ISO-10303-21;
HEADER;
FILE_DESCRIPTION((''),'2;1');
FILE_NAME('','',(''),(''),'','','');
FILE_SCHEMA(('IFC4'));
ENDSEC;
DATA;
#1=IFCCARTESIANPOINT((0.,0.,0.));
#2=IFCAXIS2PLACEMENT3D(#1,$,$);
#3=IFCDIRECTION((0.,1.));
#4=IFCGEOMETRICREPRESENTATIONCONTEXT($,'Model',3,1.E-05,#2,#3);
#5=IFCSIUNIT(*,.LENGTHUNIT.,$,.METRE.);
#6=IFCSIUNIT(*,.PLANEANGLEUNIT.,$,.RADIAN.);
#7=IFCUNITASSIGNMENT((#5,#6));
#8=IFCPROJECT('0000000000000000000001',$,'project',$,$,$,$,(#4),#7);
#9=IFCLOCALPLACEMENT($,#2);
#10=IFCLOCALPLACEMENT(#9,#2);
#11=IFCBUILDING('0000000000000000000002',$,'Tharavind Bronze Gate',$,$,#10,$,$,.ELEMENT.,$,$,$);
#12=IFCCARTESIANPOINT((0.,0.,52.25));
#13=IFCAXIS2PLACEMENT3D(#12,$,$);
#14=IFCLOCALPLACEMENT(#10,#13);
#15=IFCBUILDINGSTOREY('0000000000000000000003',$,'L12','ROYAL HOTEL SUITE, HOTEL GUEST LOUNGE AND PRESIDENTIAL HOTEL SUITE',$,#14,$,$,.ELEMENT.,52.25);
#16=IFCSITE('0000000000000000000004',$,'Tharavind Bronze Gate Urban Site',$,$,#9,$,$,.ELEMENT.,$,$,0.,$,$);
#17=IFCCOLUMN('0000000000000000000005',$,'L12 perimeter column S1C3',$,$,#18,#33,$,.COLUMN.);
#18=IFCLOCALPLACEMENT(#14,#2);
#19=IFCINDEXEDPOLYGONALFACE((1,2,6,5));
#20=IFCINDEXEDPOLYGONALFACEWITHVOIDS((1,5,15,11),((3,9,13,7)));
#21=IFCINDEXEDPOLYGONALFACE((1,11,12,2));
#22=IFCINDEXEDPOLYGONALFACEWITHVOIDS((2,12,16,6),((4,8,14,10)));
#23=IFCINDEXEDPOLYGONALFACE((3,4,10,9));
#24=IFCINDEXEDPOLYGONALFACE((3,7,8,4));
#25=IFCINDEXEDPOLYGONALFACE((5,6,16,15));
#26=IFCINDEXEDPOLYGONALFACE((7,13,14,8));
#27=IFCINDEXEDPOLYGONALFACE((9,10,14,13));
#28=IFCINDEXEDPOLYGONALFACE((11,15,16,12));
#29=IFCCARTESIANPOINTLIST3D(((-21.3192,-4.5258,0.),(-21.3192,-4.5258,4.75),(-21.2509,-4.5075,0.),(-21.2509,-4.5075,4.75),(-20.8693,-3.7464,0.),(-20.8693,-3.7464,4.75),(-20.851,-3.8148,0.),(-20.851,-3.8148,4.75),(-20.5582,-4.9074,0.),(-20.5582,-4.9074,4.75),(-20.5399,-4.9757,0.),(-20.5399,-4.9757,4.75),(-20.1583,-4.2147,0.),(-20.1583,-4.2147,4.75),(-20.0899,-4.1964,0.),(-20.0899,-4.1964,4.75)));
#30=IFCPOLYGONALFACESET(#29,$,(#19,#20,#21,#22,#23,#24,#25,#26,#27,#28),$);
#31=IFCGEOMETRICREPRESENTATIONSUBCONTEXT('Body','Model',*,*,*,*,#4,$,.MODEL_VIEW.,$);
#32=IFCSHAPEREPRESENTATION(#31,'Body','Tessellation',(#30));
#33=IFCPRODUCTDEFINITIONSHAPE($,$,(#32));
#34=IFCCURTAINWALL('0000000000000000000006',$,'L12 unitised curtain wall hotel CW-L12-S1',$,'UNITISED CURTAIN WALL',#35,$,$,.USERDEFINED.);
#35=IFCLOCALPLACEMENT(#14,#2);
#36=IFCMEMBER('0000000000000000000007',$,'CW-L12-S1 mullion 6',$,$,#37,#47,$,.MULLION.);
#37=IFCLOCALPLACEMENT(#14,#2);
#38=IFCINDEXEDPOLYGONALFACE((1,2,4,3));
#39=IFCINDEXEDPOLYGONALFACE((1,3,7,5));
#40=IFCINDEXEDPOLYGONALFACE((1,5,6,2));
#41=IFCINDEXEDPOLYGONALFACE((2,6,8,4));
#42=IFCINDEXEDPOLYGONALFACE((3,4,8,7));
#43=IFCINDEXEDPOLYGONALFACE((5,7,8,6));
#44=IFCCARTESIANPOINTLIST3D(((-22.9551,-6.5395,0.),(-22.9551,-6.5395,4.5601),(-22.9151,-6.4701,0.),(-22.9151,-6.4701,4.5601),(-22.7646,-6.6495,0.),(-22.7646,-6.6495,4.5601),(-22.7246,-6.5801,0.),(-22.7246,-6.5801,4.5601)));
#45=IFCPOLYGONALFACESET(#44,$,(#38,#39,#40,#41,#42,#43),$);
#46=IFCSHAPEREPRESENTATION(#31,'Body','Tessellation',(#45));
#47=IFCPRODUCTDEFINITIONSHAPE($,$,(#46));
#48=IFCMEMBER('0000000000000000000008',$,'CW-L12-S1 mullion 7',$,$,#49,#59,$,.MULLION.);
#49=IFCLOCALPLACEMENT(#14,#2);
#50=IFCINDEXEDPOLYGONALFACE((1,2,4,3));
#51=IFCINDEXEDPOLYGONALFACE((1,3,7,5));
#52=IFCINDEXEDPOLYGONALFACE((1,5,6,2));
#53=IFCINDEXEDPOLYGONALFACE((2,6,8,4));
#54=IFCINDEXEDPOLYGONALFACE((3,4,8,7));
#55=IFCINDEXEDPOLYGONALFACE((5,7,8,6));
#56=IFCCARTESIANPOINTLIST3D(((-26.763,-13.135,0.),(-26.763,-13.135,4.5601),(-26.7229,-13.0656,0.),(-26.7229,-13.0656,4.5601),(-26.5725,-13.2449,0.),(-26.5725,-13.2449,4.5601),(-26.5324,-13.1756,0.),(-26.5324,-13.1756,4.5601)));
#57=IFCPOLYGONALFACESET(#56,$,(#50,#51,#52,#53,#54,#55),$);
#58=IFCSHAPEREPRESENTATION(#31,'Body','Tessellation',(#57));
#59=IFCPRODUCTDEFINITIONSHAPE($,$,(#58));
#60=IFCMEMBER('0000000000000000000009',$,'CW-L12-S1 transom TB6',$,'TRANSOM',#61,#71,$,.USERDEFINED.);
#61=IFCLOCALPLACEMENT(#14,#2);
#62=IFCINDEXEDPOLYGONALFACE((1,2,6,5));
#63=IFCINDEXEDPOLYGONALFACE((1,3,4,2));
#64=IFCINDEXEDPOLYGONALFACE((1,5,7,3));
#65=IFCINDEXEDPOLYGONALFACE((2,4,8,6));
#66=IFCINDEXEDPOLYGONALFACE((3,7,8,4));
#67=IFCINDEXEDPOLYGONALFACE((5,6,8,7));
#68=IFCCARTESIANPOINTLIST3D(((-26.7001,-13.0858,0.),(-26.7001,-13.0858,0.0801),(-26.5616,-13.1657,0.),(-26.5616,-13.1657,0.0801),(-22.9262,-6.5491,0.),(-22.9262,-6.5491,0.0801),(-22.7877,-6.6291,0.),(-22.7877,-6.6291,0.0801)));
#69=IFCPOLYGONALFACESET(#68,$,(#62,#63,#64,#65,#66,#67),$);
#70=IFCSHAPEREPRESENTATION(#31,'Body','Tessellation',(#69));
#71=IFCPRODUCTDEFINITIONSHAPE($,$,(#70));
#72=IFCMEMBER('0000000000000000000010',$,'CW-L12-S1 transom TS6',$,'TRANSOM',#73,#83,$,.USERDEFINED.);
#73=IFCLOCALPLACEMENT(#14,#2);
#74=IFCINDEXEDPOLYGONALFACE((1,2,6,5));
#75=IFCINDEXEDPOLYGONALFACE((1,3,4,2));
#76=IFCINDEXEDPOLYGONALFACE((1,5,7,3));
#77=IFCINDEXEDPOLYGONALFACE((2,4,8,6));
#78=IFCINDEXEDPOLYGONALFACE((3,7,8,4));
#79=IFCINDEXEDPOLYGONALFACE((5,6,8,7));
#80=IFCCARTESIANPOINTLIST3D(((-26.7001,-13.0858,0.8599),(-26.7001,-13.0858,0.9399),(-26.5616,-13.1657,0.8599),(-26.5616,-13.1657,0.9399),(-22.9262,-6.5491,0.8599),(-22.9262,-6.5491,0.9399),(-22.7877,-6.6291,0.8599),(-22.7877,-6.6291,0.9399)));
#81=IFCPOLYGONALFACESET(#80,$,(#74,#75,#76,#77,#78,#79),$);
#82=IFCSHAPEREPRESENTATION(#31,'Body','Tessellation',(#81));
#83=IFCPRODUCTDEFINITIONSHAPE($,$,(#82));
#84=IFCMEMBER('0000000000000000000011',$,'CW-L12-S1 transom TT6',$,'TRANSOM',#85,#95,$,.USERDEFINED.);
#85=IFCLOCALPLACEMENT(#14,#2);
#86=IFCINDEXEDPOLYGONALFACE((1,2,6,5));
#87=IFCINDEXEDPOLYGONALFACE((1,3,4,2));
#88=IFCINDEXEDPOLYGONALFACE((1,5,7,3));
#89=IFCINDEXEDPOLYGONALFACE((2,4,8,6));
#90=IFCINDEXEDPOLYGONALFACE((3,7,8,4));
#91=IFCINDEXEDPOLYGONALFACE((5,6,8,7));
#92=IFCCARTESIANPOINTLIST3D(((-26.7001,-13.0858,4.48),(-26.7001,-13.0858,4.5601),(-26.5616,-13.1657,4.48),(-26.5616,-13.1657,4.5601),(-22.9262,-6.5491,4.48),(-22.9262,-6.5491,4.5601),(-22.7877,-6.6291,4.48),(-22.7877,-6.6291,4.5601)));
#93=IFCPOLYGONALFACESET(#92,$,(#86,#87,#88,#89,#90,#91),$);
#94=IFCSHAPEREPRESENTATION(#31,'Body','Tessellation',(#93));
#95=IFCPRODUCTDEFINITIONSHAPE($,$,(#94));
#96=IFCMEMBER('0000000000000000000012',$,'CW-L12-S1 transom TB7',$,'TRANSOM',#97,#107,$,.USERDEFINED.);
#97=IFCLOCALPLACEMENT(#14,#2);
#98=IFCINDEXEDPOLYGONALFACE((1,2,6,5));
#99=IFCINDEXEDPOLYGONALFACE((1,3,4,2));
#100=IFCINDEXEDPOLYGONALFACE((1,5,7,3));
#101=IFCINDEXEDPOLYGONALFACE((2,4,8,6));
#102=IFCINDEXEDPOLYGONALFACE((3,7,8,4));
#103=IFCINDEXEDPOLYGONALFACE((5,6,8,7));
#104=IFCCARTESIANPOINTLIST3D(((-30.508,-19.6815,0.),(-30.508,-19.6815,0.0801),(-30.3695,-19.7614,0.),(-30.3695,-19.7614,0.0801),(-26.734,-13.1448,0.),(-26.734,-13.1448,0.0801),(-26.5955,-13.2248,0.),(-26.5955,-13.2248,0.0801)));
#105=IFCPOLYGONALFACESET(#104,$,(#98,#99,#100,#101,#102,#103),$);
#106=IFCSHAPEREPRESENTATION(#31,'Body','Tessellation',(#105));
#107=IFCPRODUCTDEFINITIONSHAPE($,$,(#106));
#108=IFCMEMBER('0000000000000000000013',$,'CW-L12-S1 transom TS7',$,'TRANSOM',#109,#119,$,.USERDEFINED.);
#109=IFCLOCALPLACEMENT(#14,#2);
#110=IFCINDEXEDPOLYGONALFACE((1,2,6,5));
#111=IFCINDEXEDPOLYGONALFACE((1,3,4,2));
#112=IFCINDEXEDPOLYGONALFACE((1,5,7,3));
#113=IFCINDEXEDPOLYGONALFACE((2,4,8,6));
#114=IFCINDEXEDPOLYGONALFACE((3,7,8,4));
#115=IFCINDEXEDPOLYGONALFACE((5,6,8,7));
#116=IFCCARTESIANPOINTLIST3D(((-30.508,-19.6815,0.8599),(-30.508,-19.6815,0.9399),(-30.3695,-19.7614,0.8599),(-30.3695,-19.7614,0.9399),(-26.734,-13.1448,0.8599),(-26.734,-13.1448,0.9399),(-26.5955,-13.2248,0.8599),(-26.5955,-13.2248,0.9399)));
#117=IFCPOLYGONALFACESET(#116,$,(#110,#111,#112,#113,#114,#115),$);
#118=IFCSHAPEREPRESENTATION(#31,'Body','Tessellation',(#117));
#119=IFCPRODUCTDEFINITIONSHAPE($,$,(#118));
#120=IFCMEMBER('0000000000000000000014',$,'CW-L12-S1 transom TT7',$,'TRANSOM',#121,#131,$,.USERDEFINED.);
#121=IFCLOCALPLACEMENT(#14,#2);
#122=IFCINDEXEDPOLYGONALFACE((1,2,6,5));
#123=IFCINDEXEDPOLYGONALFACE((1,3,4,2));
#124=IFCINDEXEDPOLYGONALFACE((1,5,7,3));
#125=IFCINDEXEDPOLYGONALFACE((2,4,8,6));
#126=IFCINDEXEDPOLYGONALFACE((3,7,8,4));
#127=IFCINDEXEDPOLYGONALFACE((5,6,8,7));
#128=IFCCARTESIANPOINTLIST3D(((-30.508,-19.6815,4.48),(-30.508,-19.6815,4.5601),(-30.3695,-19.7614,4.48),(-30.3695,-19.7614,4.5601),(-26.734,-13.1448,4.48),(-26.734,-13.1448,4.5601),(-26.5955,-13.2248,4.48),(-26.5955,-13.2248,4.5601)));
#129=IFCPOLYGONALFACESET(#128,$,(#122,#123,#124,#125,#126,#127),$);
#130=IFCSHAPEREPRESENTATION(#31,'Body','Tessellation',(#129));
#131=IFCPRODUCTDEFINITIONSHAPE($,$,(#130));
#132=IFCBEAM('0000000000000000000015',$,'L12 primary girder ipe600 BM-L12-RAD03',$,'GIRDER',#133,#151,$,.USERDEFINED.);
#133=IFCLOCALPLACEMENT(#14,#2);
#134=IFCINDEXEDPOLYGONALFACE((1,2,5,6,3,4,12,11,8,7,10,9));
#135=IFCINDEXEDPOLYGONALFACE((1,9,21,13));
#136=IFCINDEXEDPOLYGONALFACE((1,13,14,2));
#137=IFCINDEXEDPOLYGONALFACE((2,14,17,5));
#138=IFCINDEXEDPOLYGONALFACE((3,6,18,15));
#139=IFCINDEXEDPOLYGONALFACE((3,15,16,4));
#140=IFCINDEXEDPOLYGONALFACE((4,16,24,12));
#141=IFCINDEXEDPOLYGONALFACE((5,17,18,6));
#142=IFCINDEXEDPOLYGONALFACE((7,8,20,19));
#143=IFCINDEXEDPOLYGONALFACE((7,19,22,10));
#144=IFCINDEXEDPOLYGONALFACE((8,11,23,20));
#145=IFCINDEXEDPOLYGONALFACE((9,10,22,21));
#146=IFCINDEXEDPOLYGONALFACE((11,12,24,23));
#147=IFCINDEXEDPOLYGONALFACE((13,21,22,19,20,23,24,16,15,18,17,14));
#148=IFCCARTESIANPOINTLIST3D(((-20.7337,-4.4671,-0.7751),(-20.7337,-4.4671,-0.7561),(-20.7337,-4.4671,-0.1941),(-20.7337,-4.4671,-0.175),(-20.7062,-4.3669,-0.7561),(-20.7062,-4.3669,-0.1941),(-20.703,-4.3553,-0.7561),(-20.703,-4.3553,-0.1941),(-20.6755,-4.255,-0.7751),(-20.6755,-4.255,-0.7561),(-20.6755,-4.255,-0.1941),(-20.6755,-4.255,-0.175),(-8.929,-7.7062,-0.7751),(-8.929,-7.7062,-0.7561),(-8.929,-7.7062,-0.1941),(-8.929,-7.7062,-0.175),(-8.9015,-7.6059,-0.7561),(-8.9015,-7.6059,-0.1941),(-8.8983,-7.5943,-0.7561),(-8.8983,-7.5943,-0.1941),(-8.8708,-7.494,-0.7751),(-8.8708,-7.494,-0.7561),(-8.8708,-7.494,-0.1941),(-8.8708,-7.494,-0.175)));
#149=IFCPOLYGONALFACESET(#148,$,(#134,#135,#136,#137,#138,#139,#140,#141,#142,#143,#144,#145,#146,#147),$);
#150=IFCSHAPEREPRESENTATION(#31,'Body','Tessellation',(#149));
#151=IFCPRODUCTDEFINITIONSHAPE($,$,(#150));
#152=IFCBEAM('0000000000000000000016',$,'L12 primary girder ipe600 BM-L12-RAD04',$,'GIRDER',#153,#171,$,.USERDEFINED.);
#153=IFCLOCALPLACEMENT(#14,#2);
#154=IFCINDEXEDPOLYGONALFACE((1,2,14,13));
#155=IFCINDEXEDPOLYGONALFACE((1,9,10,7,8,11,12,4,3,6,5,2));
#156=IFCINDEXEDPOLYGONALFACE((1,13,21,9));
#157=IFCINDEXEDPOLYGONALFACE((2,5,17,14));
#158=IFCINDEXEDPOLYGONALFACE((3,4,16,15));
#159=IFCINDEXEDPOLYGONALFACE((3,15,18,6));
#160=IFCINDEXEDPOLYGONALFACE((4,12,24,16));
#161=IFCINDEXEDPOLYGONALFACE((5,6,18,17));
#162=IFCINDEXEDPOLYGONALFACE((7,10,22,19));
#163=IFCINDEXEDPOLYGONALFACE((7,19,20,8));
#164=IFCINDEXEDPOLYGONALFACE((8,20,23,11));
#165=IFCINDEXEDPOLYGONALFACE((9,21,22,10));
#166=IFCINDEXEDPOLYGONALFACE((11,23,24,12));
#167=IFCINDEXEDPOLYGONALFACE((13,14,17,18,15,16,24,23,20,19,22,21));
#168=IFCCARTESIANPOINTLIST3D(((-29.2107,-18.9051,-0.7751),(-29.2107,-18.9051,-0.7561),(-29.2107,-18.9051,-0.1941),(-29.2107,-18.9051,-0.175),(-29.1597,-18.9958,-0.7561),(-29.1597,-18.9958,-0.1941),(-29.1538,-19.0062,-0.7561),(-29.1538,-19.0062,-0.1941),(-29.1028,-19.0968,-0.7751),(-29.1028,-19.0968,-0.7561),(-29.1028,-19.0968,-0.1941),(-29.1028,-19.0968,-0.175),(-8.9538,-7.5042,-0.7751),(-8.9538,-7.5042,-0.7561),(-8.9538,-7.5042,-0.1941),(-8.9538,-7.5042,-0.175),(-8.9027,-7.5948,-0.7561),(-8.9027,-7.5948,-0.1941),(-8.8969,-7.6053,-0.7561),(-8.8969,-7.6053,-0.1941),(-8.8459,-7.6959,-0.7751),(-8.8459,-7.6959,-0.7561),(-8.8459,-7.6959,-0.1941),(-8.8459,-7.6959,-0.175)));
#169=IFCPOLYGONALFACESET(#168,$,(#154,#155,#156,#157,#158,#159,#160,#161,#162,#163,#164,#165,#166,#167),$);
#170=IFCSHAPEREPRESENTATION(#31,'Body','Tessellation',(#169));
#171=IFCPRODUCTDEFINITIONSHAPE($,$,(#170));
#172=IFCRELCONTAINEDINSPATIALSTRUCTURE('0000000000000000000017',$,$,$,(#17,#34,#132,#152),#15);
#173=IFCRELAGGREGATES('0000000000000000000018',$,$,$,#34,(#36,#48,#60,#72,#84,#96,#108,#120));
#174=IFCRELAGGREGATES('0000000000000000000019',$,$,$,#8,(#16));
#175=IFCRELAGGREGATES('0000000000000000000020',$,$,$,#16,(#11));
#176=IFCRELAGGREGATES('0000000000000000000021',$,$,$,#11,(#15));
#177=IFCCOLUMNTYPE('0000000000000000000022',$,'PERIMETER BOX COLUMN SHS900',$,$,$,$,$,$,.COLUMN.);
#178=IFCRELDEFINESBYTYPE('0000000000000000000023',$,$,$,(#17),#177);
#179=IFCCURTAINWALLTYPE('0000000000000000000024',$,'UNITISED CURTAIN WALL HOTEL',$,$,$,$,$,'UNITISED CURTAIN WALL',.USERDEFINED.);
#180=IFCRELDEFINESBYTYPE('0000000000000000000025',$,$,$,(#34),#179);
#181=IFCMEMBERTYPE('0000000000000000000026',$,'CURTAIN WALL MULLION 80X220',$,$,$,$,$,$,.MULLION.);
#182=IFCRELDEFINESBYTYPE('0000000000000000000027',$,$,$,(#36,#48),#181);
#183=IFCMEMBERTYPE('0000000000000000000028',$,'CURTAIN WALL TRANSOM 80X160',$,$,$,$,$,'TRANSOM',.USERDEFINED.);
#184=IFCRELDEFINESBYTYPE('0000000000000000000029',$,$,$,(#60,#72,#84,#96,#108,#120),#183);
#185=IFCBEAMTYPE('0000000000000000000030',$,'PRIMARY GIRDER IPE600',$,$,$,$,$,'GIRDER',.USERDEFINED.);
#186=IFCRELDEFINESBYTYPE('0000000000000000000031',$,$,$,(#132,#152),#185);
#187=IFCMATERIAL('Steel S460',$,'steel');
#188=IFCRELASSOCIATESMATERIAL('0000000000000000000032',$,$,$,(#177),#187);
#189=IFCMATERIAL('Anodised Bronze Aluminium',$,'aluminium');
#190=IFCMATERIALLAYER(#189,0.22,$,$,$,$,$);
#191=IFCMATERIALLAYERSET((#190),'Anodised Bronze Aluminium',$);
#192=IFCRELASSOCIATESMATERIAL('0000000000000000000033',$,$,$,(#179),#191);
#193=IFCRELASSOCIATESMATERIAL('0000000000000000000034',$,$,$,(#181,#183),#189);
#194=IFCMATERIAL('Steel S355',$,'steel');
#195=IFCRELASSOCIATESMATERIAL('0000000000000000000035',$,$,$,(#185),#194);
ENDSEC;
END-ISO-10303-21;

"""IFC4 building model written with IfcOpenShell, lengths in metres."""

from ifc_helpers import new_model, si_unit, direction, frame, origin, origin_2d, place, context, subcontext, project, spatial, rectangle, hollow_rectangle, i_section, extrude, material, layer, layer_set, material_profile, profile_set, type_object, element, aggregate, save


model = new_model("IFC4")

# Units and contexts
model_context = context("Model", 3, precision=1e-05, world=origin(), true_north=direction((0.0, 1.0)))
body_context = subcontext(model_context, "Body", "Model", "MODEL_VIEW")
ifc_project = project(units=[si_unit("LENGTHUNIT", "METRE"), si_unit("PLANEANGLEUNIT", "RADIAN")], contexts=[model_context])

# Site, building, storey
site_placement = place(None, origin())
site = spatial("IfcSite", under=ifc_project, at=site_placement, Name="Tharavind Bronze Gate Urban Site", CompositionType="ELEMENT", RefElevation=0.0)
building_placement = place(site_placement, origin())
building = spatial("IfcBuilding", under=site, at=building_placement, Name="Tharavind Bronze Gate", CompositionType="ELEMENT")
storey_placement = place(building_placement, frame((0.0, 0.0, 52.25)))
storey = spatial("IfcBuildingStorey", under=building, at=storey_placement, Name="L12", Description="ROYAL HOTEL SUITE, HOTEL GUEST LOUNGE AND PRESIDENTIAL HOTEL SUITE", CompositionType="ELEMENT", Elevation=52.25)

# Column
ifc_material_1 = material(Name="Steel S460", Category="steel")
ifc_material_profile_1 = material_profile(ifc_material_1, hollow_rectangle(XDim=0.8999, YDim=0.8999, WallThickness=0.05, at=origin_2d()), Name="SHS900X50")
ifc_profile_set_1 = profile_set([ifc_material_profile_1], Name="Steel S460")
column_type = type_object("IfcColumnType", Name="PERIMETER BOX COLUMN SHS900", PredefinedType="COLUMN", material=ifc_profile_set_1)
column_placement = place(storey_placement, frame((-20.7046, -4.3611, 0.0), z_axis=(0.0, 0.0, 1.0), x_axis=(0.500002, 0.866025, 0.0)))
element("IfcColumn", 1, at=column_placement, inside=storey, type_object=column_type, Name="L12 perimeter column S1C3", PredefinedType="COLUMN", context=body_context, shape_type="SweptSolid", body=[
    extrude(hollow_rectangle(XDim=0.8999, YDim=0.8999, WallThickness=0.05, at=origin_2d()), origin(), (0.0, 0.0, 1.0), 4.75),
])

# Curtain wall, members
ifc_material_2 = material(Name="Anodised Bronze Aluminium", Category="aluminium")
ifc_layer_1 = layer(ifc_material_2, 0.22)
ifc_layer_set_1 = layer_set([ifc_layer_1], Name="Anodised Bronze Aluminium")
curtain_wall_type = type_object("IfcCurtainWallType", Name="UNITISED CURTAIN WALL HOTEL", ElementType="UNITISED CURTAIN WALL", PredefinedType="USERDEFINED", material=ifc_layer_set_1)
curtain_wall_placement = place(storey_placement, origin())
curtain_wall = element("IfcCurtainWall", 2, at=curtain_wall_placement, inside=storey, type_object=curtain_wall_type, Name="L12 unitised curtain wall hotel CW-L12-S1", ObjectType="UNITISED CURTAIN WALL", PredefinedType="USERDEFINED")
member_type_1 = type_object("IfcMemberType", Name="CURTAIN WALL MULLION 80X220", PredefinedType="MULLION", material=ifc_material_2)
member_1_placement = place(storey_placement, frame((-22.8398, -6.5598, 0.0), z_axis=(0.0, 0.0, 1.0), x_axis=(-0.500002, -0.866025, 0.0)))
member_1 = element("IfcMember", 3, at=member_1_placement, type_object=member_type_1, Name="CW-L12-S1 mullion 6", PredefinedType="MULLION", context=body_context, shape_type="SweptSolid", body=[
    extrude(rectangle(XDim=0.0801, YDim=0.22, at=origin_2d()), origin(), (0.0, 0.0, 1.0), 4.5601),
])
member_2_placement = place(storey_placement, frame((-26.6477, -13.1553, 0.0), z_axis=(0.0, 0.0, 1.0), x_axis=(-0.500002, -0.866025, 0.0)))
member_2 = element("IfcMember", 4, at=member_2_placement, type_object=member_type_1, Name="CW-L12-S1 mullion 7", PredefinedType="MULLION", context=body_context, shape_type="SweptSolid", body=[
    extrude(rectangle(XDim=0.0801, YDim=0.22, at=origin_2d()), origin(), (0.0, 0.0, 1.0), 4.5601),
])
member_type_2 = type_object("IfcMemberType", Name="CURTAIN WALL TRANSOM 80X160", ElementType="TRANSOM", PredefinedType="USERDEFINED", material=ifc_material_2)
member_3_placement = place(storey_placement, frame((-24.7439, -9.8574, 0.0), z_axis=(0.0, 0.0, 1.0), x_axis=(-0.500002, -0.866025, 0.0)))
member_3 = element("IfcMember", 5, at=member_3_placement, type_object=member_type_2, Name="CW-L12-S1 transom TB6", ObjectType="TRANSOM", PredefinedType="USERDEFINED", context=body_context, shape_type="SweptSolid", body=[
    extrude(rectangle(XDim=7.5479, YDim=0.1599, at=origin_2d()), origin(), (0.0, 0.0, 1.0), 0.0801),
])
member_4_placement = place(storey_placement, frame((-24.7439, -9.8574, 0.8599), z_axis=(0.0, 0.0, 1.0), x_axis=(-0.500002, -0.866025, 0.0)))
member_4 = element("IfcMember", 6, at=member_4_placement, type_object=member_type_2, Name="CW-L12-S1 transom TS6", ObjectType="TRANSOM", PredefinedType="USERDEFINED", context=body_context, shape_type="SweptSolid", body=[
    extrude(rectangle(XDim=7.5479, YDim=0.1599, at=origin_2d()), origin(), (0.0, 0.0, 1.0), 0.0801),
])
member_5_placement = place(storey_placement, frame((-24.7439, -9.8574, 4.48), z_axis=(0.0, 0.0, 1.0), x_axis=(-0.500002, -0.866025, 0.0)))
member_5 = element("IfcMember", 7, at=member_5_placement, type_object=member_type_2, Name="CW-L12-S1 transom TT6", ObjectType="TRANSOM", PredefinedType="USERDEFINED", context=body_context, shape_type="SweptSolid", body=[
    extrude(rectangle(XDim=7.5479, YDim=0.1599, at=origin_2d()), origin(), (0.0, 0.0, 1.0), 0.0801),
])
member_6_placement = place(storey_placement, frame((-28.5518, -16.4531, 0.0), z_axis=(0.0, 0.0, 1.0), x_axis=(-0.500002, -0.866025, 0.0)))
member_6 = element("IfcMember", 8, at=member_6_placement, type_object=member_type_2, Name="CW-L12-S1 transom TB7", ObjectType="TRANSOM", PredefinedType="USERDEFINED", context=body_context, shape_type="SweptSolid", body=[
    extrude(rectangle(XDim=7.5479, YDim=0.1599, at=origin_2d()), origin(), (0.0, 0.0, 1.0), 0.0801),
])
member_7_placement = place(storey_placement, frame((-28.5518, -16.4531, 0.8599), z_axis=(0.0, 0.0, 1.0), x_axis=(-0.500002, -0.866025, 0.0)))
member_7 = element("IfcMember", 9, at=member_7_placement, type_object=member_type_2, Name="CW-L12-S1 transom TS7", ObjectType="TRANSOM", PredefinedType="USERDEFINED", context=body_context, shape_type="SweptSolid", body=[
    extrude(rectangle(XDim=7.5479, YDim=0.1599, at=origin_2d()), origin(), (0.0, 0.0, 1.0), 0.0801),
])
member_8_placement = place(storey_placement, frame((-28.5518, -16.4531, 4.48), z_axis=(0.0, 0.0, 1.0), x_axis=(-0.500002, -0.866025, 0.0)))
member_8 = element("IfcMember", 10, at=member_8_placement, type_object=member_type_2, Name="CW-L12-S1 transom TT7", ObjectType="TRANSOM", PredefinedType="USERDEFINED", context=body_context, shape_type="SweptSolid", body=[
    extrude(rectangle(XDim=7.5479, YDim=0.1599, at=origin_2d()), origin(), (0.0, 0.0, 1.0), 0.0801),
])

# Beams
ifc_material_3 = material(Name="Steel S355", Category="steel")
ifc_material_profile_2 = material_profile(ifc_material_3, i_section(OverallWidth=0.22, OverallDepth=0.6001, WebThickness=0.012, FlangeThickness=0.019, at=origin_2d()), Name="IPE600")
ifc_profile_set_2 = profile_set([ifc_material_profile_2], Name="Steel S355")
beam_type_1 = type_object("IfcBeamType", Name="PRIMARY GIRDER IPE600", ElementType="GIRDER", PredefinedType="USERDEFINED", material=ifc_profile_set_2)
beam_1_placement = place(storey_placement, frame((-20.7046, -4.3611, -0.4751), z_axis=(0.964357, -0.264604, 0.0), x_axis=(0.264604, 0.964357, 0.0)))
element("IfcBeam", 11, at=beam_1_placement, inside=storey, type_object=beam_type_1, Name="L12 primary girder ipe600 BM-L12-RAD03", ObjectType="GIRDER", PredefinedType="USERDEFINED", context=body_context, shape_type="SweptSolid", body=[
    extrude(i_section(OverallWidth=0.22, OverallDepth=0.6001, WebThickness=0.012, FlangeThickness=0.019, at=origin_2d()), origin(), (0.0, 0.0, 1.0), 12.241),
])
beam_2_placement = place(storey_placement, frame((-29.1567, -19.001, -0.4751), z_axis=(0.871458, 0.490471, 0.0), x_axis=(-0.490471, 0.871458, 0.0)))
element("IfcBeam", 12, at=beam_2_placement, inside=storey, type_object=beam_type_1, Name="L12 primary girder ipe600 BM-L12-RAD04", ObjectType="GIRDER", PredefinedType="USERDEFINED", context=body_context, shape_type="SweptSolid", body=[
    extrude(i_section(OverallWidth=0.22, OverallDepth=0.6001, WebThickness=0.012, FlangeThickness=0.019, at=origin_2d()), origin(), (0.0, 0.0, 1.0), 23.2449),
])

aggregate(curtain_wall, [member_1, member_2, member_3, member_4, member_5, member_6, member_7, member_8])

save(model, "model.ifc")
